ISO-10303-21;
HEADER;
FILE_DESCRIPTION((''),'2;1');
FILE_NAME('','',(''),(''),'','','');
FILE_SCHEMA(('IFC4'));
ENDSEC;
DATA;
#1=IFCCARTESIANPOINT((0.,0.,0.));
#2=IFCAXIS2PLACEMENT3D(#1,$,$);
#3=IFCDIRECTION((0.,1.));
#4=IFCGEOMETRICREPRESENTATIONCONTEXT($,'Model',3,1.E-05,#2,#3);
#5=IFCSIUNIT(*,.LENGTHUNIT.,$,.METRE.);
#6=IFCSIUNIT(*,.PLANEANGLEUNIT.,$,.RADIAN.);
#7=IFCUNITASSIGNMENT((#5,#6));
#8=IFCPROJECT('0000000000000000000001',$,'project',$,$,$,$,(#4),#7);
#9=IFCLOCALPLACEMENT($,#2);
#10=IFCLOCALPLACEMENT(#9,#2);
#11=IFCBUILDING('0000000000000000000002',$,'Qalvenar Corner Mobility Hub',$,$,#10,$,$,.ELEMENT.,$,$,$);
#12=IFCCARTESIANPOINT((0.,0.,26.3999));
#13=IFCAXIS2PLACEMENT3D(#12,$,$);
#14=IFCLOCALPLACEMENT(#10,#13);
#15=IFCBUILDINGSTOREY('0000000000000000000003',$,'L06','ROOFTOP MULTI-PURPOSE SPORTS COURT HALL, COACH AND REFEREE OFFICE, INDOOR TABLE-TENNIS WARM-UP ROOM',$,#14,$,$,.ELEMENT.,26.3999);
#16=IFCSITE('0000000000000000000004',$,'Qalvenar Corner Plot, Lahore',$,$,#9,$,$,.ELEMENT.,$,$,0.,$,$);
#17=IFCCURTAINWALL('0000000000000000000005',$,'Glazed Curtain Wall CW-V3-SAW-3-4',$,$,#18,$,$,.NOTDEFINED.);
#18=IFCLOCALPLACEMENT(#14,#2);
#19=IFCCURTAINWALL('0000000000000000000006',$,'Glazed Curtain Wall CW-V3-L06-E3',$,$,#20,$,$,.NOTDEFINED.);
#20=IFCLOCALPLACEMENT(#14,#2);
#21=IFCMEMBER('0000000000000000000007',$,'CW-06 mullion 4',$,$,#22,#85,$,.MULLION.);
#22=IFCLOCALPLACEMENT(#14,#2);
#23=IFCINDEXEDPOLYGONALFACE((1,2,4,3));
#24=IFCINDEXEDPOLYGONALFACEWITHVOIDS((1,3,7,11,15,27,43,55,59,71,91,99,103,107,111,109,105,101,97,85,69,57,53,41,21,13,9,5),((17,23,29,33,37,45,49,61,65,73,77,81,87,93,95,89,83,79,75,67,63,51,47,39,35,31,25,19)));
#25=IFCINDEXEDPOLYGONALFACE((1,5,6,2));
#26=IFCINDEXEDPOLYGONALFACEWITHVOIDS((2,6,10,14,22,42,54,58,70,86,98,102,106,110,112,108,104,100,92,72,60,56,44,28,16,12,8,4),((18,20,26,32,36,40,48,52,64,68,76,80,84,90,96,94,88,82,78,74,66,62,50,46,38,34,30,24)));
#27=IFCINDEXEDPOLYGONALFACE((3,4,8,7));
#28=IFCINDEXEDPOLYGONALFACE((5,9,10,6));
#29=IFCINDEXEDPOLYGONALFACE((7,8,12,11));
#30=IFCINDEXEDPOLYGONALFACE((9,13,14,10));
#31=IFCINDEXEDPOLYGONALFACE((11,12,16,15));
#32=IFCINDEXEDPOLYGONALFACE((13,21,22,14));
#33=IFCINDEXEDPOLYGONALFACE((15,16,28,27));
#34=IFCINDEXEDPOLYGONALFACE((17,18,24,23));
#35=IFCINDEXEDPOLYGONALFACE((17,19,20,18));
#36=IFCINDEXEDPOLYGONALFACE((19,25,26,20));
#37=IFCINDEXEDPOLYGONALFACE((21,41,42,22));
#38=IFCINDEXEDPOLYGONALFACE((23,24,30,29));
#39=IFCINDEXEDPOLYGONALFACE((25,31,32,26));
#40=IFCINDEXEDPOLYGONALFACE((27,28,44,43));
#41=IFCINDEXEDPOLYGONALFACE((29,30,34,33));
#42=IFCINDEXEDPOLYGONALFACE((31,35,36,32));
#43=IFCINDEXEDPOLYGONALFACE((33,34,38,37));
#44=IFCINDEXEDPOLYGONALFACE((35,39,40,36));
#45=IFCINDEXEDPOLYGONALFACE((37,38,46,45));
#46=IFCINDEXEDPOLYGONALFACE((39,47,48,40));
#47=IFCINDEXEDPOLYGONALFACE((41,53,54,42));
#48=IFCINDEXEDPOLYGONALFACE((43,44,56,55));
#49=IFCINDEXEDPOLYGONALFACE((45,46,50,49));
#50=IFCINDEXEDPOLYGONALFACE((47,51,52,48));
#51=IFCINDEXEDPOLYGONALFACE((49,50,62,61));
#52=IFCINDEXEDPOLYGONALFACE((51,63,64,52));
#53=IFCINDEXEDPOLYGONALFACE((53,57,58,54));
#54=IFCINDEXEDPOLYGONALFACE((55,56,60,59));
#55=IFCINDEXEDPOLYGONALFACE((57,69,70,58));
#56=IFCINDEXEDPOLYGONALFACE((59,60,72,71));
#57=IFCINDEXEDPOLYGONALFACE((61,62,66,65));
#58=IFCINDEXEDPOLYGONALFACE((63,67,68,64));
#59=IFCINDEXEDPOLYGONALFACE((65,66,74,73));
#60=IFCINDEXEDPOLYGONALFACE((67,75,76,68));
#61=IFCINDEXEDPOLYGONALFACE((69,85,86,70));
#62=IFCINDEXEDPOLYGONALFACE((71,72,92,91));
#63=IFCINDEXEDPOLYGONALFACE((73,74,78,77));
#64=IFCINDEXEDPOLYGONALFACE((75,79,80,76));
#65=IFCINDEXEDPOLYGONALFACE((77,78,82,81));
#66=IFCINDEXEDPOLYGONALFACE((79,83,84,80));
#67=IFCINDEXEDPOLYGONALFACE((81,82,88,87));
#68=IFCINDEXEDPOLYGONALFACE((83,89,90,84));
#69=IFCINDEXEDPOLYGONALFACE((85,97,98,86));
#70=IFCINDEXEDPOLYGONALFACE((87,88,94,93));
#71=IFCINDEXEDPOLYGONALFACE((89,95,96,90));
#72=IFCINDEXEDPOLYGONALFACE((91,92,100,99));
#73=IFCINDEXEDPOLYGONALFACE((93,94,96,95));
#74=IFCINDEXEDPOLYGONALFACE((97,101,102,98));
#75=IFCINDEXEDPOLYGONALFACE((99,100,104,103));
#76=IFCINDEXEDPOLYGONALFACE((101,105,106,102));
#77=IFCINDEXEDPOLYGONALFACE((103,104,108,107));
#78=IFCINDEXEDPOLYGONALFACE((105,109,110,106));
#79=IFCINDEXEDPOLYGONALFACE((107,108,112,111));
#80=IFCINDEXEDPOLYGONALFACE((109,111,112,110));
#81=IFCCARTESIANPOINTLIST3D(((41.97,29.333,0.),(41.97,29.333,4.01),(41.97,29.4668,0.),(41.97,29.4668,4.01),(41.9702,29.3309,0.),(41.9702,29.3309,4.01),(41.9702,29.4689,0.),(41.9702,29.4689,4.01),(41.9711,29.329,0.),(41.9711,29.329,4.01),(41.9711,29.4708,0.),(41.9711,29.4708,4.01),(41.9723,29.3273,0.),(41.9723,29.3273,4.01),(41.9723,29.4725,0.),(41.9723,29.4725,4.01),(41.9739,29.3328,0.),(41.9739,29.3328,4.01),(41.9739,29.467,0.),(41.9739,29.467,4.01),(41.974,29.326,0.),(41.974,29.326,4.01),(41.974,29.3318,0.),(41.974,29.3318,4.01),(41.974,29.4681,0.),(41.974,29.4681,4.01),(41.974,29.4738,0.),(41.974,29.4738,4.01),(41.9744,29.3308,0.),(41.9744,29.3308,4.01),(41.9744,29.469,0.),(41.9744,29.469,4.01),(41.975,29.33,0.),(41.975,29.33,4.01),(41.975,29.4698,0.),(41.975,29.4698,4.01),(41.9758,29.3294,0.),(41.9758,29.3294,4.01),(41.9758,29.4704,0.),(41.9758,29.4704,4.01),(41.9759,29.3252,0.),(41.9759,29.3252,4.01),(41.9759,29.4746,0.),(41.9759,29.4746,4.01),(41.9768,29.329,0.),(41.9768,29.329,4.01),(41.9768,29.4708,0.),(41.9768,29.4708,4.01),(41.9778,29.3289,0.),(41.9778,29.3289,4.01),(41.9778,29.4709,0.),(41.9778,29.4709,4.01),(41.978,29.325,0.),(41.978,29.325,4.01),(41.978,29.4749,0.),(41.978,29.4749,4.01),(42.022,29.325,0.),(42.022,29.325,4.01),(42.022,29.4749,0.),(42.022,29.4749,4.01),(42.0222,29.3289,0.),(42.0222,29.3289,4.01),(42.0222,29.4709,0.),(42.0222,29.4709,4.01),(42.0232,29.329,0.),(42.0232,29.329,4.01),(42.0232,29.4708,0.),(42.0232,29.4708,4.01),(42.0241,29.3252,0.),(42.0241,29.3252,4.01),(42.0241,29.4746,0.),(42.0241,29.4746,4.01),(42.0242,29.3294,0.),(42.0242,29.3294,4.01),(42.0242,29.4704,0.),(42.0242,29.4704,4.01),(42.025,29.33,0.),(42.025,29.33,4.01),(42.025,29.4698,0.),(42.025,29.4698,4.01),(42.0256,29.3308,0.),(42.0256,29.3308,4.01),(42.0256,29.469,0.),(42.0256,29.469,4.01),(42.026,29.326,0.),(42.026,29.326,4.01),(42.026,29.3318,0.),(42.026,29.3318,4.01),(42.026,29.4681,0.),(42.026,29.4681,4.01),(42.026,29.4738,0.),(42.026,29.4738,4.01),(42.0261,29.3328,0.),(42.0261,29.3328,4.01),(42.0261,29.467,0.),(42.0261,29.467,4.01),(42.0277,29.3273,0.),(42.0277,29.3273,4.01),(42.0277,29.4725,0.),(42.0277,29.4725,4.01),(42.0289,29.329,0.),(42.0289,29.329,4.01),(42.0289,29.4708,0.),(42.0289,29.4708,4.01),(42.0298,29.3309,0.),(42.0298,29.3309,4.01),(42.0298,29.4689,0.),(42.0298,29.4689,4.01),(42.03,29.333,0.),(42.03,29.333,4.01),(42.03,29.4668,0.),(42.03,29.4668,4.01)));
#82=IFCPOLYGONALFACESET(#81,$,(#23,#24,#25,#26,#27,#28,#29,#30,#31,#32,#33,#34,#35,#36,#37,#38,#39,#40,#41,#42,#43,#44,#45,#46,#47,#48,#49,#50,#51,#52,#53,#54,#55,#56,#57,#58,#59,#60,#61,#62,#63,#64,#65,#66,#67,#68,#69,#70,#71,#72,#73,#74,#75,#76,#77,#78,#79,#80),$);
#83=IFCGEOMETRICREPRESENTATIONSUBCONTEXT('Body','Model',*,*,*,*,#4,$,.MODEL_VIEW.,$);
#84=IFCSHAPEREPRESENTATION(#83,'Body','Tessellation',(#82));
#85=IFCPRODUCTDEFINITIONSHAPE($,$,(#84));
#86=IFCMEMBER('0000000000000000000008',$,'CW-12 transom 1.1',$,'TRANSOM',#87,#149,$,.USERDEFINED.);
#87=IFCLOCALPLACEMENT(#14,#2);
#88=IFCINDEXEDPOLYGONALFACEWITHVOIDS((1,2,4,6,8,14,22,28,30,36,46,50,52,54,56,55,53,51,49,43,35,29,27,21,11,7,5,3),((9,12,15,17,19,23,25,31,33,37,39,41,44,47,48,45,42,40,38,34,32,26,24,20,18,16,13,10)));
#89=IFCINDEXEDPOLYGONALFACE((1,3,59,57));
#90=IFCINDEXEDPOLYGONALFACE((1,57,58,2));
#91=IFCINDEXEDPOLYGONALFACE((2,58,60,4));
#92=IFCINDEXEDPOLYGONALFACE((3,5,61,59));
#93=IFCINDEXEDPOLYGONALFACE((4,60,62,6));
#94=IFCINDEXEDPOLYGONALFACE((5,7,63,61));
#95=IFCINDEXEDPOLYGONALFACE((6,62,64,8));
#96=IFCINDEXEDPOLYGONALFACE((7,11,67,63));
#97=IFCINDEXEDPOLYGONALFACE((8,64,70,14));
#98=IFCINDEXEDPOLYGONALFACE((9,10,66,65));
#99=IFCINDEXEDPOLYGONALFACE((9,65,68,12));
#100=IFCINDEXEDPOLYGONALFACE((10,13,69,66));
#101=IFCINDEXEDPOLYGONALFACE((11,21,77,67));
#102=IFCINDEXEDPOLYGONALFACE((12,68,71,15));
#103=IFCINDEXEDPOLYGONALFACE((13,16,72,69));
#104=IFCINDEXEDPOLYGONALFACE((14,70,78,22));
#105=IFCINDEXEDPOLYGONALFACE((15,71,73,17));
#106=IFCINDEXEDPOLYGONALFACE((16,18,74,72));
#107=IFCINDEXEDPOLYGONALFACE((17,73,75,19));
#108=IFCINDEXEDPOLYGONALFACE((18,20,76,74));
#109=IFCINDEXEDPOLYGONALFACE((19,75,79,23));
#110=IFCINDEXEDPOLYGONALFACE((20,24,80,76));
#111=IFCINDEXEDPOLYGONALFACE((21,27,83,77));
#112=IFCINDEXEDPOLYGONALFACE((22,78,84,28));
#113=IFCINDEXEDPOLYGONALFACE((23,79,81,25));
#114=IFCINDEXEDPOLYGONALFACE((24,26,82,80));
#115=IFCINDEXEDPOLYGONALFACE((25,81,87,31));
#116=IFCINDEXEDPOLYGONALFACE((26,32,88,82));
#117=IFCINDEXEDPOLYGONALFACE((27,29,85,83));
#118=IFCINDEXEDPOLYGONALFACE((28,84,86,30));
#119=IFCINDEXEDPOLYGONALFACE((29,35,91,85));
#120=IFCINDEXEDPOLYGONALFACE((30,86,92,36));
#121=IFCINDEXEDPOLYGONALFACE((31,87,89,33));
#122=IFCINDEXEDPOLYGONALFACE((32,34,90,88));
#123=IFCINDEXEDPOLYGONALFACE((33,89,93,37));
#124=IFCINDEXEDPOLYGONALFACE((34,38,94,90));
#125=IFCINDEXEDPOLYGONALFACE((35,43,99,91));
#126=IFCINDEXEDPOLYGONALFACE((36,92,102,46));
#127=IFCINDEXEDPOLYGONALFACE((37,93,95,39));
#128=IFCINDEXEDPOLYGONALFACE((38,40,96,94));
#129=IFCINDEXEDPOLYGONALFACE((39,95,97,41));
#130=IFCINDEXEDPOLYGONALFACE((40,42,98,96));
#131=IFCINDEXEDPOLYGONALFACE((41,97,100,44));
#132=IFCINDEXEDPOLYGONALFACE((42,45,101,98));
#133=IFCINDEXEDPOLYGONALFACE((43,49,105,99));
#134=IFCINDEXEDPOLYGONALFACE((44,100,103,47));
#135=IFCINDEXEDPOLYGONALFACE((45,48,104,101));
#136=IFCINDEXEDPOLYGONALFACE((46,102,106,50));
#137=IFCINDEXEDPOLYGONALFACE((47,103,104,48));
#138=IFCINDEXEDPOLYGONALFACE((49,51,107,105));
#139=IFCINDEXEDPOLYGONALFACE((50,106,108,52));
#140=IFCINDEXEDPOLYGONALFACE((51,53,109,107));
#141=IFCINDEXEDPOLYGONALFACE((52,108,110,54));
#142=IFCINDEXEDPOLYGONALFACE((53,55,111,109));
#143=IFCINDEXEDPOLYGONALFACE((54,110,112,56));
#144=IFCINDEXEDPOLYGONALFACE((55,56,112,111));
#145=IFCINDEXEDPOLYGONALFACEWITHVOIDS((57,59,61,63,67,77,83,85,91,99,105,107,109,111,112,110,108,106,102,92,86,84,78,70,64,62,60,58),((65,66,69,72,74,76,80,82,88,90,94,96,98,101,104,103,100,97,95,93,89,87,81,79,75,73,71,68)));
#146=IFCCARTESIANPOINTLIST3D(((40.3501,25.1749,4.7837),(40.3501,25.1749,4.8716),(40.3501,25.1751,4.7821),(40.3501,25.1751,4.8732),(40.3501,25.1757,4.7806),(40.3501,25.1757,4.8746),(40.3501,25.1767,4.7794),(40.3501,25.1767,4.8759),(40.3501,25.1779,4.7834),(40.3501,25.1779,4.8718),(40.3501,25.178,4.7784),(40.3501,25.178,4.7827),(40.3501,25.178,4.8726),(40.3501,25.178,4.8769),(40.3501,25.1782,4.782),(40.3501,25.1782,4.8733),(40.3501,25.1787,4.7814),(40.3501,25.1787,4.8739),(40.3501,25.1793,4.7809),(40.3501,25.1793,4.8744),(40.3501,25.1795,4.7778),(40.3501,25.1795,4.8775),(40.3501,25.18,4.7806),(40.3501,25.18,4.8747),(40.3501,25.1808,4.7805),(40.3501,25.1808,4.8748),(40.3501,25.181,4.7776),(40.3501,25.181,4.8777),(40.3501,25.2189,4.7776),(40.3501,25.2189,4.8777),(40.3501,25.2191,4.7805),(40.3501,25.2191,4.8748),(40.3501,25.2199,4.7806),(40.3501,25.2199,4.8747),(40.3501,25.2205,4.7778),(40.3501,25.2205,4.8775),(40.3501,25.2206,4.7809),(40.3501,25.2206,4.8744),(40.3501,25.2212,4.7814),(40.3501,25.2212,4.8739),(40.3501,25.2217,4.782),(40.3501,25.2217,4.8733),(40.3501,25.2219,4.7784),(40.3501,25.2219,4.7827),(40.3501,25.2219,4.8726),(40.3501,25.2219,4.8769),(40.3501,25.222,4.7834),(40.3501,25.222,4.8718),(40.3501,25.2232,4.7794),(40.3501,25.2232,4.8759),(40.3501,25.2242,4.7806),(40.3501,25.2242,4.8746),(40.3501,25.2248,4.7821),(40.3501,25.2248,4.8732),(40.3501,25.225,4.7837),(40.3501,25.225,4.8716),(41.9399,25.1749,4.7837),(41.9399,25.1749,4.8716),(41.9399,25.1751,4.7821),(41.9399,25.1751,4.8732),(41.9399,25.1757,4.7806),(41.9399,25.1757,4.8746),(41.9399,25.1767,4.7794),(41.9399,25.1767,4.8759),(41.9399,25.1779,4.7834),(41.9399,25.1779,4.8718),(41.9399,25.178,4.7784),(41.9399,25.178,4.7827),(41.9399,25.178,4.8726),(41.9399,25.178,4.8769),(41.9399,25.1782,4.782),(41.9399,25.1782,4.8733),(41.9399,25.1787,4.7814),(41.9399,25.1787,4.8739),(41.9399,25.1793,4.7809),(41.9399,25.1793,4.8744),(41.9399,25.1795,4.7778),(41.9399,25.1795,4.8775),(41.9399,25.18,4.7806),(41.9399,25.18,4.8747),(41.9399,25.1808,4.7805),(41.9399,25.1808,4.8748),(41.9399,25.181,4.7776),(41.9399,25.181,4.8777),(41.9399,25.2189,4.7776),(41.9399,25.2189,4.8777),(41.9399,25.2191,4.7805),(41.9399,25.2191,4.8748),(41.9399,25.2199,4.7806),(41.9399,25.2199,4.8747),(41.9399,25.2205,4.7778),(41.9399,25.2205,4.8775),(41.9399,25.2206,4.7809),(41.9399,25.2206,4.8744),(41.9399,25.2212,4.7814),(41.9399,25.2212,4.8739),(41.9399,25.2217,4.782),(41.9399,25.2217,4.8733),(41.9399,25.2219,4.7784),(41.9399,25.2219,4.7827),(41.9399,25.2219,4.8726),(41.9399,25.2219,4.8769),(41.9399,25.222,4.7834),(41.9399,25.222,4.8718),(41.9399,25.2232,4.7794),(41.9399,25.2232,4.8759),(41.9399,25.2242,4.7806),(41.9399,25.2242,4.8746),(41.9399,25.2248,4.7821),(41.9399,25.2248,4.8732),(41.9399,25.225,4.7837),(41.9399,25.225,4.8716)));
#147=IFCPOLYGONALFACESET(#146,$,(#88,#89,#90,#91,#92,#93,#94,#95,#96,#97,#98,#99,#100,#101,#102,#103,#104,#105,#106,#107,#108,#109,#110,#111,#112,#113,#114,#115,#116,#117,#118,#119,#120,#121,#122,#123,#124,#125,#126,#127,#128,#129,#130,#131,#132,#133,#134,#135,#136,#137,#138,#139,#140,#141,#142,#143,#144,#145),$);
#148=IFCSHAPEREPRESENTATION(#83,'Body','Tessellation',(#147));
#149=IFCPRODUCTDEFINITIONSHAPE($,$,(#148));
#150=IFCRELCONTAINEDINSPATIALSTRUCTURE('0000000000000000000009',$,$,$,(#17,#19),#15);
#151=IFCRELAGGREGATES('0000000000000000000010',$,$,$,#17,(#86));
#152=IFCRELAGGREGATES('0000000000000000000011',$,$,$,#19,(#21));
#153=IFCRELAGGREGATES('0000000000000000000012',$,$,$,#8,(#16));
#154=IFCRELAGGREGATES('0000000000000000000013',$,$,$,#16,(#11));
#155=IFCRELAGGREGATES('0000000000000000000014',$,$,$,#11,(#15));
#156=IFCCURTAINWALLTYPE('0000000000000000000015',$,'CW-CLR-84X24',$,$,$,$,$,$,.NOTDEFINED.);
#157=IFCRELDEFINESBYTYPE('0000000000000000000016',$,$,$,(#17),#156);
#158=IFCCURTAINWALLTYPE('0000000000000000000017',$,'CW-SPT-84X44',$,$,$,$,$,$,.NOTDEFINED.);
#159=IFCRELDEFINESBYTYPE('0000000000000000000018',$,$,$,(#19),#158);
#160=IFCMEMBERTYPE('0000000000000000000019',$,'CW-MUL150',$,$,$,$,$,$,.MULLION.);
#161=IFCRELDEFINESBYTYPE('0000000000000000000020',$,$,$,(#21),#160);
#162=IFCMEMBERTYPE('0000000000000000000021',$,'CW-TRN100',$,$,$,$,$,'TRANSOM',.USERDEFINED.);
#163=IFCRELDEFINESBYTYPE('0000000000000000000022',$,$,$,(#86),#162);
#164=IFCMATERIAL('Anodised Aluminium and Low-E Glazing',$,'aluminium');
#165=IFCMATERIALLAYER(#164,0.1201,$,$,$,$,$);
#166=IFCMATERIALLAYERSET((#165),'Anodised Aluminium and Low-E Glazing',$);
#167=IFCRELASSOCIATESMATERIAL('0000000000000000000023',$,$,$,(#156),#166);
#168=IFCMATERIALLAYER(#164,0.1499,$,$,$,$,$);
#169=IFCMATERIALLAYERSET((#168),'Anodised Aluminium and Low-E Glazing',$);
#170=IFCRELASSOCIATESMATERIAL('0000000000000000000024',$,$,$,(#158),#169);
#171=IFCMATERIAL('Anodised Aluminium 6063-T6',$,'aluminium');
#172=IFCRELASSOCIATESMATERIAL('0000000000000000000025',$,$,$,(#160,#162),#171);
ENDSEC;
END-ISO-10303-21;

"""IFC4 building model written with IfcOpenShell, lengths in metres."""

from ifc_helpers import new_model, si_unit, direction, frame, origin, origin_2d, place, context, subcontext, project, spatial, hollow_rectangle, extrude, material, layer, layer_set, material_profile, profile_set, type_object, element, aggregate, save


model = new_model("IFC4")

# Units and contexts
model_context = context("Model", 3, precision=1e-05, world=origin(), true_north=direction((0.0, 1.0)))
body_context = subcontext(model_context, "Body", "Model", "MODEL_VIEW")
ifc_project = project(units=[si_unit("LENGTHUNIT", "METRE"), si_unit("PLANEANGLEUNIT", "RADIAN")], contexts=[model_context])

# Site, building, storey
site_placement = place(None, origin())
site = spatial("IfcSite", under=ifc_project, at=site_placement, Name="Qalvenar Corner Plot, Lahore", CompositionType="ELEMENT", RefElevation=0.0)
building_placement = place(site_placement, origin())
building = spatial("IfcBuilding", under=site, at=building_placement, Name="Qalvenar Corner Mobility Hub", CompositionType="ELEMENT")
storey_placement = place(building_placement, frame((0.0, 0.0, 26.3999)))
storey = spatial("IfcBuildingStorey", under=building, at=storey_placement, Name="L06", Description="ROOFTOP MULTI-PURPOSE SPORTS COURT HALL, COACH AND REFEREE OFFICE, INDOOR TABLE-TENNIS WARM-UP ROOM", CompositionType="ELEMENT", Elevation=26.3999)

# Curtain wall
ifc_material_1 = material(Name="Anodised Aluminium and Low-E Glazing", Category="aluminium")
ifc_layer_1 = layer(ifc_material_1, 0.1201)
ifc_layer_set_1 = layer_set([ifc_layer_1], Name="Anodised Aluminium and Low-E Glazing")
curtain_wall_type_1 = type_object("IfcCurtainWallType", Name="CW-CLR-84X24", PredefinedType="NOTDEFINED", material=ifc_layer_set_1)
curtain_wall_1_placement = place(storey_placement, origin())
curtain_wall_1 = element("IfcCurtainWall", 1, at=curtain_wall_1_placement, inside=storey, type_object=curtain_wall_type_1, Name="Glazed Curtain Wall CW-V3-SAW-3-4", PredefinedType="NOTDEFINED")
ifc_material_2 = material(Name="Anodised Aluminium 6063-T6", Category="aluminium")

# Curtain wall, member
ifc_layer_2 = layer(ifc_material_1, 0.1499)
ifc_layer_set_2 = layer_set([ifc_layer_2], Name="Anodised Aluminium and Low-E Glazing")
curtain_wall_type_2 = type_object("IfcCurtainWallType", Name="CW-SPT-84X44", PredefinedType="NOTDEFINED", material=ifc_layer_set_2)
curtain_wall_2_placement = place(storey_placement, origin())
curtain_wall_2 = element("IfcCurtainWall", 2, at=curtain_wall_2_placement, inside=storey, type_object=curtain_wall_type_2, Name="Glazed Curtain Wall CW-V3-L06-E3", PredefinedType="NOTDEFINED")
ifc_material_profile_1 = material_profile(ifc_material_2, hollow_rectangle(XDim=0.0601, YDim=0.1499, WallThickness=0.0039, InnerFilletRadius=0.0039, OuterFilletRadius=0.0081, at=origin_2d()), Name="RHS150x60x4")
ifc_profile_set_1 = profile_set([ifc_material_profile_1], Name="Anodised Aluminium 6063-T6")
member_type_1 = type_object("IfcMemberType", Name="CW-MUL150", PredefinedType="MULLION", material=ifc_profile_set_1)
member_1_placement = place(storey_placement, frame((42.0, 29.3999, 0.0), z_axis=(0.0, 0.0, 1.0), x_axis=(-1.0, 0.0, 0.0)))
member_1 = element("IfcMember", 3, at=member_1_placement, type_object=member_type_1, Name="CW-06 mullion 4", PredefinedType="MULLION", context=body_context, shape_type="SweptSolid", body=[
    extrude(hollow_rectangle(XDim=0.0601, YDim=0.1499, WallThickness=0.0039, InnerFilletRadius=0.0039, OuterFilletRadius=0.0081, at=origin_2d()), origin(), (0.0, 0.0, 1.0), 4.01),
])

# Member
ifc_material_profile_2 = material_profile(ifc_material_2, hollow_rectangle(XDim=0.05, YDim=0.1001, WallThickness=0.0029, InnerFilletRadius=0.0029, OuterFilletRadius=0.0061, at=origin_2d()), Name="RHS100x50x3")
ifc_profile_set_2 = profile_set([ifc_material_profile_2], Name="Anodised Aluminium 6063-T6")
member_type_2 = type_object("IfcMemberType", Name="CW-TRN100", ElementType="TRANSOM", PredefinedType="USERDEFINED", material=ifc_profile_set_2)
member_2_placement = place(storey_placement, frame((41.9399, 25.2, 4.8276), z_axis=(-1.0, 0.0, 0.0), x_axis=(0.0, -1.0, 0.0)))
member_2 = element("IfcMember", 4, at=member_2_placement, type_object=member_type_2, Name="CW-12 transom 1.1", ObjectType="TRANSOM", PredefinedType="USERDEFINED", context=body_context, shape_type="SweptSolid", body=[
    extrude(hollow_rectangle(XDim=0.05, YDim=0.1001, WallThickness=0.0029, InnerFilletRadius=0.0029, OuterFilletRadius=0.0061, at=origin_2d()), origin(), (0.0, 0.0, 1.0), 1.5898),
])
aggregate(curtain_wall_1, [member_2])

aggregate(curtain_wall_2, [member_1])

save(model, "model.ifc")
